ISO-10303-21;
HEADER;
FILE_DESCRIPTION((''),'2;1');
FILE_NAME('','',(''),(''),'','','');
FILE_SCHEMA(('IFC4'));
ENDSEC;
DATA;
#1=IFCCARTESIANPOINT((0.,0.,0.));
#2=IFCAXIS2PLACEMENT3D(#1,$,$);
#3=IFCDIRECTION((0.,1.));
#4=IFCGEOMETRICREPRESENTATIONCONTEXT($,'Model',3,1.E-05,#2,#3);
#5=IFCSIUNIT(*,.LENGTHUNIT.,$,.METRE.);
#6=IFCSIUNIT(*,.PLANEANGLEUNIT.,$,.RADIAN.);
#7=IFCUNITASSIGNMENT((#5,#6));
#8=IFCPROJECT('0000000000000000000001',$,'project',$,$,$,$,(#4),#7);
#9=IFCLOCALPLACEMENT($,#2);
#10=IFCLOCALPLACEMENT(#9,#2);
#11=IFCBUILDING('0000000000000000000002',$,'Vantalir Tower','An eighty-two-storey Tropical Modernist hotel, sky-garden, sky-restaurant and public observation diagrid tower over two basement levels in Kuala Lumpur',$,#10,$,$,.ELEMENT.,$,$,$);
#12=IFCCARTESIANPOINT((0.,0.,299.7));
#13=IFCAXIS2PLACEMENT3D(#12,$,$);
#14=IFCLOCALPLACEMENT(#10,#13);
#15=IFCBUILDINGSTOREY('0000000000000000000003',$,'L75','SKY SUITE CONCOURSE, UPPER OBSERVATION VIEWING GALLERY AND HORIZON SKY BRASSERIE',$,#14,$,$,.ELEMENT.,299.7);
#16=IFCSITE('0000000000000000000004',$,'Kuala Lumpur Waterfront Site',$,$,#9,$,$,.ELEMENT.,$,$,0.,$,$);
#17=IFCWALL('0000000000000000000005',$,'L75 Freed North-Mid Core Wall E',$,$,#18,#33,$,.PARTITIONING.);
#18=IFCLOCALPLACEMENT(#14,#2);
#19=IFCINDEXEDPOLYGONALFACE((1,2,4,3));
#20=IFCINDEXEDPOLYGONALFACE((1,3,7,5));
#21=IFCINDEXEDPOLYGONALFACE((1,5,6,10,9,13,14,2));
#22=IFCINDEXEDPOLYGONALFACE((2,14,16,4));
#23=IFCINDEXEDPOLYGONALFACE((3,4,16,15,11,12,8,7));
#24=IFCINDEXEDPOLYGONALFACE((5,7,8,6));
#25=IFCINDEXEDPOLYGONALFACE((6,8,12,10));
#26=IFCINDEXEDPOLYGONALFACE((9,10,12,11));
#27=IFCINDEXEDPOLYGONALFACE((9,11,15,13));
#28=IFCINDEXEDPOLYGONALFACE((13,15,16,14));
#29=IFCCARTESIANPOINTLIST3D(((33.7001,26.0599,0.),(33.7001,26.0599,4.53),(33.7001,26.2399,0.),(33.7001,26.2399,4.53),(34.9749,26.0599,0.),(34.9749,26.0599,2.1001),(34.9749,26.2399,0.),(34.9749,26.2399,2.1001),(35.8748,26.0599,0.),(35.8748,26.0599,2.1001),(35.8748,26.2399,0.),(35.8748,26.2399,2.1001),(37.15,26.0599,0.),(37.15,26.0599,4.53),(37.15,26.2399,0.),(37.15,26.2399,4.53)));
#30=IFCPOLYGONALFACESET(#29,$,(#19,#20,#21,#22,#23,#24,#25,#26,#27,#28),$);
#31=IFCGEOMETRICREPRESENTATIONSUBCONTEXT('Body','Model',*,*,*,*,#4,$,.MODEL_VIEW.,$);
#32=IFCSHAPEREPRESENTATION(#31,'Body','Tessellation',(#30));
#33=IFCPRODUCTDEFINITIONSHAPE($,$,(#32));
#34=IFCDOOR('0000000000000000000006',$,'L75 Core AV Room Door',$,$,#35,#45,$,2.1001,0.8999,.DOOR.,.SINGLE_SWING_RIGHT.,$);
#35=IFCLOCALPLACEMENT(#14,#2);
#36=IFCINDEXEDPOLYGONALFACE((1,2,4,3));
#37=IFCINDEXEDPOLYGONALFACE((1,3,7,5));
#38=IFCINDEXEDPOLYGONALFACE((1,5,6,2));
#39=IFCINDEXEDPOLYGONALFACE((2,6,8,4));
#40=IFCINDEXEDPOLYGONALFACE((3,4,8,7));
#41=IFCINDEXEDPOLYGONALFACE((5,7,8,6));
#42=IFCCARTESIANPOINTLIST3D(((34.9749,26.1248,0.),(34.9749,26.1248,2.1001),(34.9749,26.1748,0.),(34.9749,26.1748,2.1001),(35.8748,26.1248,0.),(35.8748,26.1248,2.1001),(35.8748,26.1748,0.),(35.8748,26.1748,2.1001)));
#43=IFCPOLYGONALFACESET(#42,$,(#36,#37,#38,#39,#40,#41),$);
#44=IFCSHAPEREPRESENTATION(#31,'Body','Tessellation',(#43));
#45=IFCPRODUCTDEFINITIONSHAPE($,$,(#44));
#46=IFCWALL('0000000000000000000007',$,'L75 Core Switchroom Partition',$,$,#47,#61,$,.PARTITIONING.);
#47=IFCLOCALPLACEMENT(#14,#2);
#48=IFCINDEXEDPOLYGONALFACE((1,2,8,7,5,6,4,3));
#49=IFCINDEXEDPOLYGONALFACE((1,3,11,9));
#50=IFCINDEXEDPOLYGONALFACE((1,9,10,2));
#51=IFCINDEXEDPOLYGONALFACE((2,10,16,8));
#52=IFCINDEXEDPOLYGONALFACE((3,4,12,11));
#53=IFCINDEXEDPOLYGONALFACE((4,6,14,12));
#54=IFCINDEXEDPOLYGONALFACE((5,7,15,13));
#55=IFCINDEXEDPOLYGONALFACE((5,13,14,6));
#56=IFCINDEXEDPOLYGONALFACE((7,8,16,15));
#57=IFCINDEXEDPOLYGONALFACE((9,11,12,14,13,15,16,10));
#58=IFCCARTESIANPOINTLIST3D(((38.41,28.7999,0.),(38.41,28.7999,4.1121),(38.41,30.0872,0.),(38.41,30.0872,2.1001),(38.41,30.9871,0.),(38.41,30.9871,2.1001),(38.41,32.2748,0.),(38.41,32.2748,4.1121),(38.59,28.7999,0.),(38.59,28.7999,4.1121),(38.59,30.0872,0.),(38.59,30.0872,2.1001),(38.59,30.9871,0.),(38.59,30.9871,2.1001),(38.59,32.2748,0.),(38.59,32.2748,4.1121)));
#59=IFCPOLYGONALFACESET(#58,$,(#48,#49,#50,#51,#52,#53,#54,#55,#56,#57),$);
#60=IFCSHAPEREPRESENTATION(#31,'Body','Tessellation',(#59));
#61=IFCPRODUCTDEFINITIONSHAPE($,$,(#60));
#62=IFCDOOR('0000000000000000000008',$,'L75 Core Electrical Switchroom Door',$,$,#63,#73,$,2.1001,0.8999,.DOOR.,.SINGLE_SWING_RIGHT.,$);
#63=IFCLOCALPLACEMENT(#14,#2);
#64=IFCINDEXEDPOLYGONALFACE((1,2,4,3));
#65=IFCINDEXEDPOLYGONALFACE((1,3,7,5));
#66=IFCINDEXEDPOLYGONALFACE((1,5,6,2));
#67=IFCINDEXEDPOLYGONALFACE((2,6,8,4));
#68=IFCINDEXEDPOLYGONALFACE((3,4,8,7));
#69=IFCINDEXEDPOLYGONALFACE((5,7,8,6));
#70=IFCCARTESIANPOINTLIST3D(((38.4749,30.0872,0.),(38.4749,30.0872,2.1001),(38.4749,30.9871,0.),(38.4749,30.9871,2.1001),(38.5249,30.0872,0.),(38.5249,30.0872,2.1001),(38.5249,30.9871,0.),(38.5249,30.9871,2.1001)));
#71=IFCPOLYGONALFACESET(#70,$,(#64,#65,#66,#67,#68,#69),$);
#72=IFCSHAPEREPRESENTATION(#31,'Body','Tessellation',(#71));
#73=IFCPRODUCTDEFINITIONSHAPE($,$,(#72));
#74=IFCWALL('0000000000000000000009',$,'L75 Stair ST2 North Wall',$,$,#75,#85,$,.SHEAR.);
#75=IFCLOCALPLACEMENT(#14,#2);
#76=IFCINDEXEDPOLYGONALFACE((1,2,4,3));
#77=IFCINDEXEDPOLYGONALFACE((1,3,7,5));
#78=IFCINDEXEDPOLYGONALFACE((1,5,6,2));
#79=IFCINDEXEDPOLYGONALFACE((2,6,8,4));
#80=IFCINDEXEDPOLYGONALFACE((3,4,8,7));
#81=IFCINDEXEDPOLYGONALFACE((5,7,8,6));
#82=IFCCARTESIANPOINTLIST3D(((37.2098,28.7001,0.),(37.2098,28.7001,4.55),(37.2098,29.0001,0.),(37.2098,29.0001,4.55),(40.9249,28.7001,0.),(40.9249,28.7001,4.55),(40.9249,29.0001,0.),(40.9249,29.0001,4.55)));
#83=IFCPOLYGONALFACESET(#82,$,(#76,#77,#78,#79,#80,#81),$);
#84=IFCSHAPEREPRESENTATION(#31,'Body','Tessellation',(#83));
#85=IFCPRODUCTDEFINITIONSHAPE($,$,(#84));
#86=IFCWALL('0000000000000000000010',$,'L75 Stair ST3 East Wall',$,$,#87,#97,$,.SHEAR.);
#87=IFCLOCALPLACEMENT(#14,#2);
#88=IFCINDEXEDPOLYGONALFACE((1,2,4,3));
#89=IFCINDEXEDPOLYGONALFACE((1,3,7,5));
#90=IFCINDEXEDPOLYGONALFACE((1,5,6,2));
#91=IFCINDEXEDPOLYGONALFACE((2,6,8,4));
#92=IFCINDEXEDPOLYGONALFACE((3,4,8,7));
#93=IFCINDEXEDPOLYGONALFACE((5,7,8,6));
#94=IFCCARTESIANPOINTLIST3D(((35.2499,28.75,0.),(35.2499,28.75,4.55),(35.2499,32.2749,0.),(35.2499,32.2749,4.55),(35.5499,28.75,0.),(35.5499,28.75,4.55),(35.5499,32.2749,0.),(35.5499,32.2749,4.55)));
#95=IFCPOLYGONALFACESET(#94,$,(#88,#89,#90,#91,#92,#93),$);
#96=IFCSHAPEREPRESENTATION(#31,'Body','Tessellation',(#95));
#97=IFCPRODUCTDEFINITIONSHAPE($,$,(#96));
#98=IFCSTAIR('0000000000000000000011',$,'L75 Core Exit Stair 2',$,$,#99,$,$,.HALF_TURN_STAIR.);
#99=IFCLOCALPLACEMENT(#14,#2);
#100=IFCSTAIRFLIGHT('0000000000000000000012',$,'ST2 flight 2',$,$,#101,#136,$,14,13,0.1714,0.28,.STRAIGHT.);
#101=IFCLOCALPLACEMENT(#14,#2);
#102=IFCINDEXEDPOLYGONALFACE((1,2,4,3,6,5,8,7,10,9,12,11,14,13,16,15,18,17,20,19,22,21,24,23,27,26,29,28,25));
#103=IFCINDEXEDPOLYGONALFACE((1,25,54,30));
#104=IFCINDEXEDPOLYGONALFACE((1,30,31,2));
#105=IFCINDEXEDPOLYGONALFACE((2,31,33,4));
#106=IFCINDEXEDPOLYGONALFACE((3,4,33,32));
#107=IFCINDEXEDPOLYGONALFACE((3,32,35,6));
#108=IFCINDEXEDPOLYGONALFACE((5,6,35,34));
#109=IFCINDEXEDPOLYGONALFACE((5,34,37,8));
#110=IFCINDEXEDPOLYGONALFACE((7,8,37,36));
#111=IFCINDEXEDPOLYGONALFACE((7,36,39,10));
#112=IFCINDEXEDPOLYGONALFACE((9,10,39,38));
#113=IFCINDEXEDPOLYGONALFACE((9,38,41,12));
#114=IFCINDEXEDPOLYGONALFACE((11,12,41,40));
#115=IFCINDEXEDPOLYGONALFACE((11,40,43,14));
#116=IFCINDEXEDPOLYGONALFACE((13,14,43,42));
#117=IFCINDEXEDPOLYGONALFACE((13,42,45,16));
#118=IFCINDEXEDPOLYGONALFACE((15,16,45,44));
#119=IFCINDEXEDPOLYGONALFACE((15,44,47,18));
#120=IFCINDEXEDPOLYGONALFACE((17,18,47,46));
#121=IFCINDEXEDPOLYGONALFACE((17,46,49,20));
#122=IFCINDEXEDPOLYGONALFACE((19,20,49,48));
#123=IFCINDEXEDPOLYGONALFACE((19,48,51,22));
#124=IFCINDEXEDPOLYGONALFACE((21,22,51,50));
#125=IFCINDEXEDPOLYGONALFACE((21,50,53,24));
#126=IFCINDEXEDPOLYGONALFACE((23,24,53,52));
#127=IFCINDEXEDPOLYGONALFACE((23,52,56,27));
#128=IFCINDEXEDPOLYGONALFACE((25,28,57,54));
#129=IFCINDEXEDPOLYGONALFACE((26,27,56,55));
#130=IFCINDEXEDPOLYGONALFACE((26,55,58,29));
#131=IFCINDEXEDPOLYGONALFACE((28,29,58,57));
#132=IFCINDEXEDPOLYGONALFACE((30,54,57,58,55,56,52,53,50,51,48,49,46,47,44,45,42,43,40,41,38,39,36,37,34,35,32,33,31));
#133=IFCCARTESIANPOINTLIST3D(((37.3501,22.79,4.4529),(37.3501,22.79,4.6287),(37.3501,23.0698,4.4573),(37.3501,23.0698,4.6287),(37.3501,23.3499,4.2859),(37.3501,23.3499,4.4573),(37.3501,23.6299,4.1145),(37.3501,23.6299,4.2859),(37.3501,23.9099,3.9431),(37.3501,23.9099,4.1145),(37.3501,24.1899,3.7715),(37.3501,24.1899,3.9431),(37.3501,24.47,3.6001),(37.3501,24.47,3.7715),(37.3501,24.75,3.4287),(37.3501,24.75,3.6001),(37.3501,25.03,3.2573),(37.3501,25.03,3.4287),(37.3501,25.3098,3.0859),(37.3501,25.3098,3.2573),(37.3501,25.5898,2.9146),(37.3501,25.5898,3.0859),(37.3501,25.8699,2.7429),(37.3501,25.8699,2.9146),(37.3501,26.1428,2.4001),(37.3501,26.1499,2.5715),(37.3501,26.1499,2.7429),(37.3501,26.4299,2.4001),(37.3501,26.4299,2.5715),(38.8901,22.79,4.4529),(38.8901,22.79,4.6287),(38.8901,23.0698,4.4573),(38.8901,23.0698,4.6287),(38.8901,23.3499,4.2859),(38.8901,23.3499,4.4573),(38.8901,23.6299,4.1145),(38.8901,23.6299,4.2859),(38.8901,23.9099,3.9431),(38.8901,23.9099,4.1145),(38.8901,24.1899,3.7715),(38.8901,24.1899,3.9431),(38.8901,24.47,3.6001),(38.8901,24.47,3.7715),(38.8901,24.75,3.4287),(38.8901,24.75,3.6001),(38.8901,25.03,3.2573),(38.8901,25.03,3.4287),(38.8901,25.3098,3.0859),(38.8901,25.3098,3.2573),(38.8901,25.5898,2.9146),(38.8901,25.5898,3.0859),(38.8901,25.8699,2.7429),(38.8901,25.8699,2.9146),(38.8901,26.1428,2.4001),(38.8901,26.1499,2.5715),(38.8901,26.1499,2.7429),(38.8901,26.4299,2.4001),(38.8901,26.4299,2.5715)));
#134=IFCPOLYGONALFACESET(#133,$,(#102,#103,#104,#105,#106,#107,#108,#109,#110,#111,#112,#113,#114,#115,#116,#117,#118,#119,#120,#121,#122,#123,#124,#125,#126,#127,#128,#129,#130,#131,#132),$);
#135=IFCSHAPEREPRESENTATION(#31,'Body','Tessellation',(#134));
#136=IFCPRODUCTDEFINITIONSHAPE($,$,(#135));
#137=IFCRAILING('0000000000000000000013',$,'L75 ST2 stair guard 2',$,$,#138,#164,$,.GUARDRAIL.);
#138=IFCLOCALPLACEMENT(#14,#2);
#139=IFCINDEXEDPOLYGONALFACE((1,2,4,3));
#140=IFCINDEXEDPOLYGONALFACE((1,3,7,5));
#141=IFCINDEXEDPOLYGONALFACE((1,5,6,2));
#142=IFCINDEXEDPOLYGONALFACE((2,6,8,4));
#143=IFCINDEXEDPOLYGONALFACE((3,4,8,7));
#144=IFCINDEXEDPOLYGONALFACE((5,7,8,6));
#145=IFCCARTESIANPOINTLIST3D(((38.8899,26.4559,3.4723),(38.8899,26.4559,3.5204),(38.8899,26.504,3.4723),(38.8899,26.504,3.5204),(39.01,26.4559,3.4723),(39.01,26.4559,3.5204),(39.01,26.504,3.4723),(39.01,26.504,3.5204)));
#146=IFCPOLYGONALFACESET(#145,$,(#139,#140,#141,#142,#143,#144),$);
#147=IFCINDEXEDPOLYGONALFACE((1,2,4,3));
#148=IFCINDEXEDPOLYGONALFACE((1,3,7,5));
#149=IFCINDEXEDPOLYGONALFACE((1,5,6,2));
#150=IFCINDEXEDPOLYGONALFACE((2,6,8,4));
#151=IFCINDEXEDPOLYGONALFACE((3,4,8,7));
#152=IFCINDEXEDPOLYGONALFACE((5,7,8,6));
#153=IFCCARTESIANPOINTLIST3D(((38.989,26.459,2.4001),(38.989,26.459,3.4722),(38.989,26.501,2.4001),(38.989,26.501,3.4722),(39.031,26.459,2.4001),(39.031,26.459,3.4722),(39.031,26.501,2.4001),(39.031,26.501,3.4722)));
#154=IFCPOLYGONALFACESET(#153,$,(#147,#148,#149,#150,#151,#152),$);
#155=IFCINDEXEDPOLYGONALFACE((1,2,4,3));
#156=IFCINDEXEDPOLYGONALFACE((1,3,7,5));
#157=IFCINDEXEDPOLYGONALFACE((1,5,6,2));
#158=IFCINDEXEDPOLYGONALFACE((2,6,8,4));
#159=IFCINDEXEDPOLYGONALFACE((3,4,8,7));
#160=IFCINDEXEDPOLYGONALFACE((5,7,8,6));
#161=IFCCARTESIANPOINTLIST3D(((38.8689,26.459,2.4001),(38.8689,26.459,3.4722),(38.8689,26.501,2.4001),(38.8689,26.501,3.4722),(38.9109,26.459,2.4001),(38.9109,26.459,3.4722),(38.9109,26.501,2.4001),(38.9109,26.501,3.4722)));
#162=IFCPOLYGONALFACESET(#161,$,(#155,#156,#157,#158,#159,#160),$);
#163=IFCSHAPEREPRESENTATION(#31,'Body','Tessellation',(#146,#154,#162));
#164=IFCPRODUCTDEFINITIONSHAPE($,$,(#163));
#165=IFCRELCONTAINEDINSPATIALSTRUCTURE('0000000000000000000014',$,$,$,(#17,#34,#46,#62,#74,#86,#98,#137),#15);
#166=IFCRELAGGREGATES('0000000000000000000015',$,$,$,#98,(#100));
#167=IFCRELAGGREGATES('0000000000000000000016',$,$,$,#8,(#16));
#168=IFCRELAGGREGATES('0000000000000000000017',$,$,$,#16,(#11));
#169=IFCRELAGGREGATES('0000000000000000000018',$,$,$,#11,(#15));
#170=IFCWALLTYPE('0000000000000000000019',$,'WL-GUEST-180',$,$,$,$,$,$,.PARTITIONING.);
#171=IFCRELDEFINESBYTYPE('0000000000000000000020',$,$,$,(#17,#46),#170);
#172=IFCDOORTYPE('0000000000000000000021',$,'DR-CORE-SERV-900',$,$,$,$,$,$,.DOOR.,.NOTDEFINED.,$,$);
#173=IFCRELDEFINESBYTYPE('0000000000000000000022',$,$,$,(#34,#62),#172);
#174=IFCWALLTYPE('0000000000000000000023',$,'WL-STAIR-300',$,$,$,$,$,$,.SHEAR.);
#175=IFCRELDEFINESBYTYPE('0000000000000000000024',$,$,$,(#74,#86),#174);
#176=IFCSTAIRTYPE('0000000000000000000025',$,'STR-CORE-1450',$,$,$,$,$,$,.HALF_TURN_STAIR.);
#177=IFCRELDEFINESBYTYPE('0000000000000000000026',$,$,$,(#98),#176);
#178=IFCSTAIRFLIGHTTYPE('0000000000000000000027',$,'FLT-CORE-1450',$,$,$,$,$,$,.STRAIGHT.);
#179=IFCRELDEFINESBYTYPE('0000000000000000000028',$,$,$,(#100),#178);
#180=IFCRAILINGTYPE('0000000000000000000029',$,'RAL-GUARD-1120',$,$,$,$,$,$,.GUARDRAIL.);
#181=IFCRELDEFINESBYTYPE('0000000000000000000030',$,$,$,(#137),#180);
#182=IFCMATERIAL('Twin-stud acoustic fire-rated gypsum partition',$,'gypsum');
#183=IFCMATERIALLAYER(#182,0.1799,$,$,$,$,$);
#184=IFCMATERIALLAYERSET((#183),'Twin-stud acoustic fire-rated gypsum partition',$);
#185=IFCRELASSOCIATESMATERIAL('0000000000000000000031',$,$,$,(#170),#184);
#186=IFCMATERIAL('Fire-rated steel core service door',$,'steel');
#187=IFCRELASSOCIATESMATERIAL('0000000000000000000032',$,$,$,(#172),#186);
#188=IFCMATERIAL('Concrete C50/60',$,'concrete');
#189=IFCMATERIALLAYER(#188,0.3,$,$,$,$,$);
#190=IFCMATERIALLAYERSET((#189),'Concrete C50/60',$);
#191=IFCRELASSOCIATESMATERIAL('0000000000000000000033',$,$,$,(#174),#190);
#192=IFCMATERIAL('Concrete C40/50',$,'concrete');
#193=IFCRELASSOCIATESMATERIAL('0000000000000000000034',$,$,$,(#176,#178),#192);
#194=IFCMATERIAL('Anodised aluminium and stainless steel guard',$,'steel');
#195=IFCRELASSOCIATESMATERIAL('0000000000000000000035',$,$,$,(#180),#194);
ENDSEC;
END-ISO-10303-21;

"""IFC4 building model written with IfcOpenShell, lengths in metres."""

from ifc_helpers import new_model, si_unit, direction, frame, frame_2d, origin, origin_2d, place, context, subcontext, project, spatial, polyline, rectangle, outline, extrude, material, layer, layer_set, type_object, element, fill, aggregate, save


model = new_model("IFC4")

# Units and contexts
model_context = context("Model", 3, precision=1e-05, world=origin(), true_north=direction((0.0, 1.0)))
body_context = subcontext(model_context, "Body", "Model", "MODEL_VIEW")
ifc_project = project(units=[si_unit("LENGTHUNIT", "METRE"), si_unit("PLANEANGLEUNIT", "RADIAN")], contexts=[model_context])

# Site, building, storey
site_placement = place(None, origin())
site = spatial("IfcSite", under=ifc_project, at=site_placement, Name="Kuala Lumpur Waterfront Site", CompositionType="ELEMENT", RefElevation=0.0)
building_placement = place(site_placement, origin())
building = spatial("IfcBuilding", under=site, at=building_placement, Name="Vantalir Tower", Description="An eighty-two-storey Tropical Modernist hotel, sky-garden, sky-restaurant and public observation diagrid tower over two basement levels in Kuala Lumpur", CompositionType="ELEMENT")
storey_placement = place(building_placement, frame((0.0, 0.0, 299.7)))
storey = spatial("IfcBuildingStorey", under=building, at=storey_placement, Name="L75", Description="SKY SUITE CONCOURSE, UPPER OBSERVATION VIEWING GALLERY AND HORIZON SKY BRASSERIE", CompositionType="ELEMENT", Elevation=299.7)

# Shared definitions
ifc_material_1 = material(Name="Concrete C50/60", Category="concrete")

# Shared definitions
ifc_material_2 = material(Name="Twin-stud acoustic fire-rated gypsum partition", Category="gypsum")
ifc_layer_1 = layer(ifc_material_2, 0.1799)
ifc_layer_set_1 = layer_set([ifc_layer_1], Name="Twin-stud acoustic fire-rated gypsum partition")
wall_type_1 = type_object("IfcWallType", Name="WL-GUEST-180", PredefinedType="PARTITIONING", material=ifc_layer_set_1)

# Walls, openings, doors
wall_1_placement = place(storey_placement, frame((33.7, 26.1499, 0.0), z_axis=(0.0, 0.0, 1.0), x_axis=(1.0, 0.0, 0.0)))
wall_1 = element("IfcWall", 1, at=wall_1_placement, inside=storey, type_object=wall_type_1, Name="L75 Freed North-Mid Core Wall E", PredefinedType="PARTITIONING", context=body_context, shape_type="SweptSolid", body=[
    extrude(rectangle(XDim=3.45, YDim=0.1799, at=frame_2d((1.7251, 0.0))), origin(), (0.0, 0.0, 1.0), 4.53),
])
opening_1_placement = place(wall_1_placement, frame((1.2749, 0.0, 0.0)))
opening_1 = element("IfcOpeningElement", 2, at=opening_1_placement, cuts=wall_1, PredefinedType="OPENING", context=body_context, shape_type="SweptSolid", body=[
    extrude(rectangle(XDim=0.8999, YDim=2.1001, at=frame_2d((0.45, 1.05))), frame((0.0, 0.0999, 0.0), z_axis=(0.0, -1.0, 0.0), x_axis=(1.0, 0.0, 0.0)), (0.0, 0.0, 1.0), 0.2),
])
ifc_material_3 = material(Name="Fire-rated steel core service door", Category="steel")
door_type = type_object("IfcDoorType", Name="DR-CORE-SERV-900", OperationType="NOTDEFINED", PredefinedType="DOOR", material=ifc_material_3)
door_1_placement = place(opening_1_placement, origin())
door_1 = element("IfcDoor", 3, at=door_1_placement, inside=storey, type_object=door_type, Name="L75 Core AV Room Door", OperationType="SINGLE_SWING_RIGHT", OverallHeight=2.1001, OverallWidth=0.8999, PredefinedType="DOOR", context=body_context, shape_type="SweptSolid", body=[
    extrude(rectangle(XDim=0.8999, YDim=2.1001, at=frame_2d((0.45, 1.05))), frame((0.0, 0.0249, 0.0), z_axis=(0.0, -1.0, 0.0), x_axis=(1.0, 0.0, 0.0)), (0.0, 0.0, 1.0), 0.05),
])
fill(opening_1, door_1)
wall_2_placement = place(storey_placement, frame((38.5, 28.8, 0.0), z_axis=(0.0, 0.0, 1.0), x_axis=(0.0, 1.0, 0.0)))
wall_2 = element("IfcWall", 4, at=wall_2_placement, inside=storey, type_object=wall_type_1, Name="L75 Core Switchroom Partition", PredefinedType="PARTITIONING", context=body_context, shape_type="SweptSolid", body=[
    extrude(rectangle(XDim=3.4749, YDim=0.1799, at=frame_2d((1.7373, 0.0))), origin(), (0.0, 0.0, 1.0), 4.1121),
])
opening_2_placement = place(wall_2_placement, frame((1.2871, 0.0, 0.0)))
opening_2 = element("IfcOpeningElement", 5, at=opening_2_placement, cuts=wall_2, PredefinedType="OPENING", context=body_context, shape_type="SweptSolid", body=[
    extrude(rectangle(XDim=0.8999, YDim=2.1001, at=frame_2d((0.45, 1.05))), frame((0.0, 0.0999, 0.0), z_axis=(0.0, -1.0, 0.0), x_axis=(1.0, 0.0, 0.0)), (0.0, 0.0, 1.0), 0.2),
])
door_2_placement = place(opening_2_placement, frame((0.8999, 0.0, 0.0), z_axis=(0.0, 0.0, 1.0), x_axis=(-1.0, 0.0, 0.0)))
door_2 = element("IfcDoor", 6, at=door_2_placement, inside=storey, type_object=door_type, Name="L75 Core Electrical Switchroom Door", OperationType="SINGLE_SWING_RIGHT", OverallHeight=2.1001, OverallWidth=0.8999, PredefinedType="DOOR", context=body_context, shape_type="SweptSolid", body=[
    extrude(rectangle(XDim=0.8999, YDim=2.1001, at=frame_2d((0.45, 1.05))), frame((0.0, 0.0249, 0.0), z_axis=(0.0, -1.0, 0.0), x_axis=(1.0, 0.0, 0.0)), (0.0, 0.0, 1.0), 0.05),
])
fill(opening_2, door_2)

# Walls
ifc_layer_2 = layer(ifc_material_1, 0.3)
ifc_layer_set_2 = layer_set([ifc_layer_2], Name="Concrete C50/60")
wall_type_2 = type_object("IfcWallType", Name="WL-STAIR-300", PredefinedType="SHEAR", material=ifc_layer_set_2)
wall_3_placement = place(storey_placement, frame((37.21, 28.8501, 0.0), z_axis=(0.0, 0.0, 1.0), x_axis=(1.0, 0.0, 0.0)))
element("IfcWall", 7, at=wall_3_placement, inside=storey, type_object=wall_type_2, Name="L75 Stair ST2 North Wall", PredefinedType="SHEAR", context=body_context, shape_type="SweptSolid", body=[
    extrude(rectangle(XDim=3.7151, YDim=0.3, at=frame_2d((1.8574, 0.0))), origin(), (0.0, 0.0, 1.0), 4.55),
])
wall_4_placement = place(storey_placement, frame((35.3999, 28.75, 0.0), z_axis=(0.0, 0.0, 1.0), x_axis=(0.0, 1.0, 0.0)))
element("IfcWall", 8, at=wall_4_placement, inside=storey, type_object=wall_type_2, Name="L75 Stair ST3 East Wall", PredefinedType="SHEAR", context=body_context, shape_type="SweptSolid", body=[
    extrude(rectangle(XDim=3.5249, YDim=0.3, at=frame_2d((1.7625, 0.0))), origin(), (0.0, 0.0, 1.0), 4.55),
])

# Stair, stair flight
ifc_material_4 = material(Name="Concrete C40/50", Category="concrete")
stair_type = type_object("IfcStairType", Name="STR-CORE-1450", PredefinedType="HALF_TURN_STAIR", material=ifc_material_4)
stair_placement = place(storey_placement, origin())
stair = element("IfcStair", 9, at=stair_placement, inside=storey, type_object=stair_type, Name="L75 Core Exit Stair 2", PredefinedType="HALF_TURN_STAIR")
stair_flight_type = type_object("IfcStairFlightType", Name="FLT-CORE-1450", PredefinedType="STRAIGHT", material=ifc_material_4)
stair_flight_placement = place(storey_placement, frame((38.1201, 26.4299, 2.4001), z_axis=(0.0, 0.0, 1.0), x_axis=(0.0, -1.0, 0.0)))
stair_flight = element("IfcStairFlight", 10, at=stair_flight_placement, type_object=stair_flight_type, Name="ST2 flight 2", NumberOfRisers=14, NumberOfTreads=13, PredefinedType="STRAIGHT", RiserHeight=0.1714, TreadLength=0.28, context=body_context, shape_type="SweptSolid", body=[
    extrude(outline(polyline([(0.0, 0.0), (0.0, 0.1714), (0.28, 0.1714), (0.28, 0.3428), (0.5601, 0.3428), (0.5601, 0.5144), (0.8401, 0.5144), (0.8401, 0.6858), (1.1201, 0.6858), (1.1201, 0.8572), (1.3999, 0.8572), (1.3999, 1.0286), (1.6799, 1.0286), (1.6799, 1.2), (1.96, 1.2), (1.96, 1.3713), (2.24, 1.3713), (2.24, 1.543), (2.52, 1.543), (2.52, 1.7144), (2.8, 1.7144), (2.8, 1.8857), (3.0801, 1.8857), (3.0801, 2.0571), (3.3601, 2.0571), (3.3601, 2.2285), (3.6399, 2.2285), (3.6399, 2.3999), (3.6399, 2.0527), (0.2871, 0.0), (0.0, 0.0)])), frame((0.0, 0.77, 0.0), z_axis=(0.0, -1.0, 0.0), x_axis=(1.0, 0.0, 0.0)), (0.0, 0.0, 1.0), 1.54),
])
aggregate(stair, [stair_flight])

# Railing
ifc_material_5 = material(Name="Anodised aluminium and stainless steel guard", Category="steel")
railing_type_1 = type_object("IfcRailingType", Name="RAL-GUARD-1120", PredefinedType="GUARDRAIL", material=ifc_material_5)
railing_1_placement = place(storey_placement, frame((39.01, 26.48, 2.4001)))
element("IfcRailing", 11, at=railing_1_placement, inside=storey, type_object=railing_type_1, Name="L75 ST2 stair guard 2", PredefinedType="GUARDRAIL", context=body_context, shape_type="SweptSolid", body=[
    extrude(rectangle(XDim=0.0481, YDim=0.0481, at=origin_2d()), frame((0.0, 0.0, 1.0962), z_axis=(-1.0, 0.0, 0.0), x_axis=(0.0, -1.0, 0.0)), (0.0, 0.0, 1.0), 0.1201),
    extrude(rectangle(XDim=0.042, YDim=0.042, at=origin_2d()), origin(), (0.0, 0.0, 1.0), 1.072),
    extrude(rectangle(XDim=0.042, YDim=0.042, at=origin_2d()), frame((-0.1201, 0.0, 0.0)), (0.0, 0.0, 1.0), 1.072),
])

save(model, "model.ifc")
